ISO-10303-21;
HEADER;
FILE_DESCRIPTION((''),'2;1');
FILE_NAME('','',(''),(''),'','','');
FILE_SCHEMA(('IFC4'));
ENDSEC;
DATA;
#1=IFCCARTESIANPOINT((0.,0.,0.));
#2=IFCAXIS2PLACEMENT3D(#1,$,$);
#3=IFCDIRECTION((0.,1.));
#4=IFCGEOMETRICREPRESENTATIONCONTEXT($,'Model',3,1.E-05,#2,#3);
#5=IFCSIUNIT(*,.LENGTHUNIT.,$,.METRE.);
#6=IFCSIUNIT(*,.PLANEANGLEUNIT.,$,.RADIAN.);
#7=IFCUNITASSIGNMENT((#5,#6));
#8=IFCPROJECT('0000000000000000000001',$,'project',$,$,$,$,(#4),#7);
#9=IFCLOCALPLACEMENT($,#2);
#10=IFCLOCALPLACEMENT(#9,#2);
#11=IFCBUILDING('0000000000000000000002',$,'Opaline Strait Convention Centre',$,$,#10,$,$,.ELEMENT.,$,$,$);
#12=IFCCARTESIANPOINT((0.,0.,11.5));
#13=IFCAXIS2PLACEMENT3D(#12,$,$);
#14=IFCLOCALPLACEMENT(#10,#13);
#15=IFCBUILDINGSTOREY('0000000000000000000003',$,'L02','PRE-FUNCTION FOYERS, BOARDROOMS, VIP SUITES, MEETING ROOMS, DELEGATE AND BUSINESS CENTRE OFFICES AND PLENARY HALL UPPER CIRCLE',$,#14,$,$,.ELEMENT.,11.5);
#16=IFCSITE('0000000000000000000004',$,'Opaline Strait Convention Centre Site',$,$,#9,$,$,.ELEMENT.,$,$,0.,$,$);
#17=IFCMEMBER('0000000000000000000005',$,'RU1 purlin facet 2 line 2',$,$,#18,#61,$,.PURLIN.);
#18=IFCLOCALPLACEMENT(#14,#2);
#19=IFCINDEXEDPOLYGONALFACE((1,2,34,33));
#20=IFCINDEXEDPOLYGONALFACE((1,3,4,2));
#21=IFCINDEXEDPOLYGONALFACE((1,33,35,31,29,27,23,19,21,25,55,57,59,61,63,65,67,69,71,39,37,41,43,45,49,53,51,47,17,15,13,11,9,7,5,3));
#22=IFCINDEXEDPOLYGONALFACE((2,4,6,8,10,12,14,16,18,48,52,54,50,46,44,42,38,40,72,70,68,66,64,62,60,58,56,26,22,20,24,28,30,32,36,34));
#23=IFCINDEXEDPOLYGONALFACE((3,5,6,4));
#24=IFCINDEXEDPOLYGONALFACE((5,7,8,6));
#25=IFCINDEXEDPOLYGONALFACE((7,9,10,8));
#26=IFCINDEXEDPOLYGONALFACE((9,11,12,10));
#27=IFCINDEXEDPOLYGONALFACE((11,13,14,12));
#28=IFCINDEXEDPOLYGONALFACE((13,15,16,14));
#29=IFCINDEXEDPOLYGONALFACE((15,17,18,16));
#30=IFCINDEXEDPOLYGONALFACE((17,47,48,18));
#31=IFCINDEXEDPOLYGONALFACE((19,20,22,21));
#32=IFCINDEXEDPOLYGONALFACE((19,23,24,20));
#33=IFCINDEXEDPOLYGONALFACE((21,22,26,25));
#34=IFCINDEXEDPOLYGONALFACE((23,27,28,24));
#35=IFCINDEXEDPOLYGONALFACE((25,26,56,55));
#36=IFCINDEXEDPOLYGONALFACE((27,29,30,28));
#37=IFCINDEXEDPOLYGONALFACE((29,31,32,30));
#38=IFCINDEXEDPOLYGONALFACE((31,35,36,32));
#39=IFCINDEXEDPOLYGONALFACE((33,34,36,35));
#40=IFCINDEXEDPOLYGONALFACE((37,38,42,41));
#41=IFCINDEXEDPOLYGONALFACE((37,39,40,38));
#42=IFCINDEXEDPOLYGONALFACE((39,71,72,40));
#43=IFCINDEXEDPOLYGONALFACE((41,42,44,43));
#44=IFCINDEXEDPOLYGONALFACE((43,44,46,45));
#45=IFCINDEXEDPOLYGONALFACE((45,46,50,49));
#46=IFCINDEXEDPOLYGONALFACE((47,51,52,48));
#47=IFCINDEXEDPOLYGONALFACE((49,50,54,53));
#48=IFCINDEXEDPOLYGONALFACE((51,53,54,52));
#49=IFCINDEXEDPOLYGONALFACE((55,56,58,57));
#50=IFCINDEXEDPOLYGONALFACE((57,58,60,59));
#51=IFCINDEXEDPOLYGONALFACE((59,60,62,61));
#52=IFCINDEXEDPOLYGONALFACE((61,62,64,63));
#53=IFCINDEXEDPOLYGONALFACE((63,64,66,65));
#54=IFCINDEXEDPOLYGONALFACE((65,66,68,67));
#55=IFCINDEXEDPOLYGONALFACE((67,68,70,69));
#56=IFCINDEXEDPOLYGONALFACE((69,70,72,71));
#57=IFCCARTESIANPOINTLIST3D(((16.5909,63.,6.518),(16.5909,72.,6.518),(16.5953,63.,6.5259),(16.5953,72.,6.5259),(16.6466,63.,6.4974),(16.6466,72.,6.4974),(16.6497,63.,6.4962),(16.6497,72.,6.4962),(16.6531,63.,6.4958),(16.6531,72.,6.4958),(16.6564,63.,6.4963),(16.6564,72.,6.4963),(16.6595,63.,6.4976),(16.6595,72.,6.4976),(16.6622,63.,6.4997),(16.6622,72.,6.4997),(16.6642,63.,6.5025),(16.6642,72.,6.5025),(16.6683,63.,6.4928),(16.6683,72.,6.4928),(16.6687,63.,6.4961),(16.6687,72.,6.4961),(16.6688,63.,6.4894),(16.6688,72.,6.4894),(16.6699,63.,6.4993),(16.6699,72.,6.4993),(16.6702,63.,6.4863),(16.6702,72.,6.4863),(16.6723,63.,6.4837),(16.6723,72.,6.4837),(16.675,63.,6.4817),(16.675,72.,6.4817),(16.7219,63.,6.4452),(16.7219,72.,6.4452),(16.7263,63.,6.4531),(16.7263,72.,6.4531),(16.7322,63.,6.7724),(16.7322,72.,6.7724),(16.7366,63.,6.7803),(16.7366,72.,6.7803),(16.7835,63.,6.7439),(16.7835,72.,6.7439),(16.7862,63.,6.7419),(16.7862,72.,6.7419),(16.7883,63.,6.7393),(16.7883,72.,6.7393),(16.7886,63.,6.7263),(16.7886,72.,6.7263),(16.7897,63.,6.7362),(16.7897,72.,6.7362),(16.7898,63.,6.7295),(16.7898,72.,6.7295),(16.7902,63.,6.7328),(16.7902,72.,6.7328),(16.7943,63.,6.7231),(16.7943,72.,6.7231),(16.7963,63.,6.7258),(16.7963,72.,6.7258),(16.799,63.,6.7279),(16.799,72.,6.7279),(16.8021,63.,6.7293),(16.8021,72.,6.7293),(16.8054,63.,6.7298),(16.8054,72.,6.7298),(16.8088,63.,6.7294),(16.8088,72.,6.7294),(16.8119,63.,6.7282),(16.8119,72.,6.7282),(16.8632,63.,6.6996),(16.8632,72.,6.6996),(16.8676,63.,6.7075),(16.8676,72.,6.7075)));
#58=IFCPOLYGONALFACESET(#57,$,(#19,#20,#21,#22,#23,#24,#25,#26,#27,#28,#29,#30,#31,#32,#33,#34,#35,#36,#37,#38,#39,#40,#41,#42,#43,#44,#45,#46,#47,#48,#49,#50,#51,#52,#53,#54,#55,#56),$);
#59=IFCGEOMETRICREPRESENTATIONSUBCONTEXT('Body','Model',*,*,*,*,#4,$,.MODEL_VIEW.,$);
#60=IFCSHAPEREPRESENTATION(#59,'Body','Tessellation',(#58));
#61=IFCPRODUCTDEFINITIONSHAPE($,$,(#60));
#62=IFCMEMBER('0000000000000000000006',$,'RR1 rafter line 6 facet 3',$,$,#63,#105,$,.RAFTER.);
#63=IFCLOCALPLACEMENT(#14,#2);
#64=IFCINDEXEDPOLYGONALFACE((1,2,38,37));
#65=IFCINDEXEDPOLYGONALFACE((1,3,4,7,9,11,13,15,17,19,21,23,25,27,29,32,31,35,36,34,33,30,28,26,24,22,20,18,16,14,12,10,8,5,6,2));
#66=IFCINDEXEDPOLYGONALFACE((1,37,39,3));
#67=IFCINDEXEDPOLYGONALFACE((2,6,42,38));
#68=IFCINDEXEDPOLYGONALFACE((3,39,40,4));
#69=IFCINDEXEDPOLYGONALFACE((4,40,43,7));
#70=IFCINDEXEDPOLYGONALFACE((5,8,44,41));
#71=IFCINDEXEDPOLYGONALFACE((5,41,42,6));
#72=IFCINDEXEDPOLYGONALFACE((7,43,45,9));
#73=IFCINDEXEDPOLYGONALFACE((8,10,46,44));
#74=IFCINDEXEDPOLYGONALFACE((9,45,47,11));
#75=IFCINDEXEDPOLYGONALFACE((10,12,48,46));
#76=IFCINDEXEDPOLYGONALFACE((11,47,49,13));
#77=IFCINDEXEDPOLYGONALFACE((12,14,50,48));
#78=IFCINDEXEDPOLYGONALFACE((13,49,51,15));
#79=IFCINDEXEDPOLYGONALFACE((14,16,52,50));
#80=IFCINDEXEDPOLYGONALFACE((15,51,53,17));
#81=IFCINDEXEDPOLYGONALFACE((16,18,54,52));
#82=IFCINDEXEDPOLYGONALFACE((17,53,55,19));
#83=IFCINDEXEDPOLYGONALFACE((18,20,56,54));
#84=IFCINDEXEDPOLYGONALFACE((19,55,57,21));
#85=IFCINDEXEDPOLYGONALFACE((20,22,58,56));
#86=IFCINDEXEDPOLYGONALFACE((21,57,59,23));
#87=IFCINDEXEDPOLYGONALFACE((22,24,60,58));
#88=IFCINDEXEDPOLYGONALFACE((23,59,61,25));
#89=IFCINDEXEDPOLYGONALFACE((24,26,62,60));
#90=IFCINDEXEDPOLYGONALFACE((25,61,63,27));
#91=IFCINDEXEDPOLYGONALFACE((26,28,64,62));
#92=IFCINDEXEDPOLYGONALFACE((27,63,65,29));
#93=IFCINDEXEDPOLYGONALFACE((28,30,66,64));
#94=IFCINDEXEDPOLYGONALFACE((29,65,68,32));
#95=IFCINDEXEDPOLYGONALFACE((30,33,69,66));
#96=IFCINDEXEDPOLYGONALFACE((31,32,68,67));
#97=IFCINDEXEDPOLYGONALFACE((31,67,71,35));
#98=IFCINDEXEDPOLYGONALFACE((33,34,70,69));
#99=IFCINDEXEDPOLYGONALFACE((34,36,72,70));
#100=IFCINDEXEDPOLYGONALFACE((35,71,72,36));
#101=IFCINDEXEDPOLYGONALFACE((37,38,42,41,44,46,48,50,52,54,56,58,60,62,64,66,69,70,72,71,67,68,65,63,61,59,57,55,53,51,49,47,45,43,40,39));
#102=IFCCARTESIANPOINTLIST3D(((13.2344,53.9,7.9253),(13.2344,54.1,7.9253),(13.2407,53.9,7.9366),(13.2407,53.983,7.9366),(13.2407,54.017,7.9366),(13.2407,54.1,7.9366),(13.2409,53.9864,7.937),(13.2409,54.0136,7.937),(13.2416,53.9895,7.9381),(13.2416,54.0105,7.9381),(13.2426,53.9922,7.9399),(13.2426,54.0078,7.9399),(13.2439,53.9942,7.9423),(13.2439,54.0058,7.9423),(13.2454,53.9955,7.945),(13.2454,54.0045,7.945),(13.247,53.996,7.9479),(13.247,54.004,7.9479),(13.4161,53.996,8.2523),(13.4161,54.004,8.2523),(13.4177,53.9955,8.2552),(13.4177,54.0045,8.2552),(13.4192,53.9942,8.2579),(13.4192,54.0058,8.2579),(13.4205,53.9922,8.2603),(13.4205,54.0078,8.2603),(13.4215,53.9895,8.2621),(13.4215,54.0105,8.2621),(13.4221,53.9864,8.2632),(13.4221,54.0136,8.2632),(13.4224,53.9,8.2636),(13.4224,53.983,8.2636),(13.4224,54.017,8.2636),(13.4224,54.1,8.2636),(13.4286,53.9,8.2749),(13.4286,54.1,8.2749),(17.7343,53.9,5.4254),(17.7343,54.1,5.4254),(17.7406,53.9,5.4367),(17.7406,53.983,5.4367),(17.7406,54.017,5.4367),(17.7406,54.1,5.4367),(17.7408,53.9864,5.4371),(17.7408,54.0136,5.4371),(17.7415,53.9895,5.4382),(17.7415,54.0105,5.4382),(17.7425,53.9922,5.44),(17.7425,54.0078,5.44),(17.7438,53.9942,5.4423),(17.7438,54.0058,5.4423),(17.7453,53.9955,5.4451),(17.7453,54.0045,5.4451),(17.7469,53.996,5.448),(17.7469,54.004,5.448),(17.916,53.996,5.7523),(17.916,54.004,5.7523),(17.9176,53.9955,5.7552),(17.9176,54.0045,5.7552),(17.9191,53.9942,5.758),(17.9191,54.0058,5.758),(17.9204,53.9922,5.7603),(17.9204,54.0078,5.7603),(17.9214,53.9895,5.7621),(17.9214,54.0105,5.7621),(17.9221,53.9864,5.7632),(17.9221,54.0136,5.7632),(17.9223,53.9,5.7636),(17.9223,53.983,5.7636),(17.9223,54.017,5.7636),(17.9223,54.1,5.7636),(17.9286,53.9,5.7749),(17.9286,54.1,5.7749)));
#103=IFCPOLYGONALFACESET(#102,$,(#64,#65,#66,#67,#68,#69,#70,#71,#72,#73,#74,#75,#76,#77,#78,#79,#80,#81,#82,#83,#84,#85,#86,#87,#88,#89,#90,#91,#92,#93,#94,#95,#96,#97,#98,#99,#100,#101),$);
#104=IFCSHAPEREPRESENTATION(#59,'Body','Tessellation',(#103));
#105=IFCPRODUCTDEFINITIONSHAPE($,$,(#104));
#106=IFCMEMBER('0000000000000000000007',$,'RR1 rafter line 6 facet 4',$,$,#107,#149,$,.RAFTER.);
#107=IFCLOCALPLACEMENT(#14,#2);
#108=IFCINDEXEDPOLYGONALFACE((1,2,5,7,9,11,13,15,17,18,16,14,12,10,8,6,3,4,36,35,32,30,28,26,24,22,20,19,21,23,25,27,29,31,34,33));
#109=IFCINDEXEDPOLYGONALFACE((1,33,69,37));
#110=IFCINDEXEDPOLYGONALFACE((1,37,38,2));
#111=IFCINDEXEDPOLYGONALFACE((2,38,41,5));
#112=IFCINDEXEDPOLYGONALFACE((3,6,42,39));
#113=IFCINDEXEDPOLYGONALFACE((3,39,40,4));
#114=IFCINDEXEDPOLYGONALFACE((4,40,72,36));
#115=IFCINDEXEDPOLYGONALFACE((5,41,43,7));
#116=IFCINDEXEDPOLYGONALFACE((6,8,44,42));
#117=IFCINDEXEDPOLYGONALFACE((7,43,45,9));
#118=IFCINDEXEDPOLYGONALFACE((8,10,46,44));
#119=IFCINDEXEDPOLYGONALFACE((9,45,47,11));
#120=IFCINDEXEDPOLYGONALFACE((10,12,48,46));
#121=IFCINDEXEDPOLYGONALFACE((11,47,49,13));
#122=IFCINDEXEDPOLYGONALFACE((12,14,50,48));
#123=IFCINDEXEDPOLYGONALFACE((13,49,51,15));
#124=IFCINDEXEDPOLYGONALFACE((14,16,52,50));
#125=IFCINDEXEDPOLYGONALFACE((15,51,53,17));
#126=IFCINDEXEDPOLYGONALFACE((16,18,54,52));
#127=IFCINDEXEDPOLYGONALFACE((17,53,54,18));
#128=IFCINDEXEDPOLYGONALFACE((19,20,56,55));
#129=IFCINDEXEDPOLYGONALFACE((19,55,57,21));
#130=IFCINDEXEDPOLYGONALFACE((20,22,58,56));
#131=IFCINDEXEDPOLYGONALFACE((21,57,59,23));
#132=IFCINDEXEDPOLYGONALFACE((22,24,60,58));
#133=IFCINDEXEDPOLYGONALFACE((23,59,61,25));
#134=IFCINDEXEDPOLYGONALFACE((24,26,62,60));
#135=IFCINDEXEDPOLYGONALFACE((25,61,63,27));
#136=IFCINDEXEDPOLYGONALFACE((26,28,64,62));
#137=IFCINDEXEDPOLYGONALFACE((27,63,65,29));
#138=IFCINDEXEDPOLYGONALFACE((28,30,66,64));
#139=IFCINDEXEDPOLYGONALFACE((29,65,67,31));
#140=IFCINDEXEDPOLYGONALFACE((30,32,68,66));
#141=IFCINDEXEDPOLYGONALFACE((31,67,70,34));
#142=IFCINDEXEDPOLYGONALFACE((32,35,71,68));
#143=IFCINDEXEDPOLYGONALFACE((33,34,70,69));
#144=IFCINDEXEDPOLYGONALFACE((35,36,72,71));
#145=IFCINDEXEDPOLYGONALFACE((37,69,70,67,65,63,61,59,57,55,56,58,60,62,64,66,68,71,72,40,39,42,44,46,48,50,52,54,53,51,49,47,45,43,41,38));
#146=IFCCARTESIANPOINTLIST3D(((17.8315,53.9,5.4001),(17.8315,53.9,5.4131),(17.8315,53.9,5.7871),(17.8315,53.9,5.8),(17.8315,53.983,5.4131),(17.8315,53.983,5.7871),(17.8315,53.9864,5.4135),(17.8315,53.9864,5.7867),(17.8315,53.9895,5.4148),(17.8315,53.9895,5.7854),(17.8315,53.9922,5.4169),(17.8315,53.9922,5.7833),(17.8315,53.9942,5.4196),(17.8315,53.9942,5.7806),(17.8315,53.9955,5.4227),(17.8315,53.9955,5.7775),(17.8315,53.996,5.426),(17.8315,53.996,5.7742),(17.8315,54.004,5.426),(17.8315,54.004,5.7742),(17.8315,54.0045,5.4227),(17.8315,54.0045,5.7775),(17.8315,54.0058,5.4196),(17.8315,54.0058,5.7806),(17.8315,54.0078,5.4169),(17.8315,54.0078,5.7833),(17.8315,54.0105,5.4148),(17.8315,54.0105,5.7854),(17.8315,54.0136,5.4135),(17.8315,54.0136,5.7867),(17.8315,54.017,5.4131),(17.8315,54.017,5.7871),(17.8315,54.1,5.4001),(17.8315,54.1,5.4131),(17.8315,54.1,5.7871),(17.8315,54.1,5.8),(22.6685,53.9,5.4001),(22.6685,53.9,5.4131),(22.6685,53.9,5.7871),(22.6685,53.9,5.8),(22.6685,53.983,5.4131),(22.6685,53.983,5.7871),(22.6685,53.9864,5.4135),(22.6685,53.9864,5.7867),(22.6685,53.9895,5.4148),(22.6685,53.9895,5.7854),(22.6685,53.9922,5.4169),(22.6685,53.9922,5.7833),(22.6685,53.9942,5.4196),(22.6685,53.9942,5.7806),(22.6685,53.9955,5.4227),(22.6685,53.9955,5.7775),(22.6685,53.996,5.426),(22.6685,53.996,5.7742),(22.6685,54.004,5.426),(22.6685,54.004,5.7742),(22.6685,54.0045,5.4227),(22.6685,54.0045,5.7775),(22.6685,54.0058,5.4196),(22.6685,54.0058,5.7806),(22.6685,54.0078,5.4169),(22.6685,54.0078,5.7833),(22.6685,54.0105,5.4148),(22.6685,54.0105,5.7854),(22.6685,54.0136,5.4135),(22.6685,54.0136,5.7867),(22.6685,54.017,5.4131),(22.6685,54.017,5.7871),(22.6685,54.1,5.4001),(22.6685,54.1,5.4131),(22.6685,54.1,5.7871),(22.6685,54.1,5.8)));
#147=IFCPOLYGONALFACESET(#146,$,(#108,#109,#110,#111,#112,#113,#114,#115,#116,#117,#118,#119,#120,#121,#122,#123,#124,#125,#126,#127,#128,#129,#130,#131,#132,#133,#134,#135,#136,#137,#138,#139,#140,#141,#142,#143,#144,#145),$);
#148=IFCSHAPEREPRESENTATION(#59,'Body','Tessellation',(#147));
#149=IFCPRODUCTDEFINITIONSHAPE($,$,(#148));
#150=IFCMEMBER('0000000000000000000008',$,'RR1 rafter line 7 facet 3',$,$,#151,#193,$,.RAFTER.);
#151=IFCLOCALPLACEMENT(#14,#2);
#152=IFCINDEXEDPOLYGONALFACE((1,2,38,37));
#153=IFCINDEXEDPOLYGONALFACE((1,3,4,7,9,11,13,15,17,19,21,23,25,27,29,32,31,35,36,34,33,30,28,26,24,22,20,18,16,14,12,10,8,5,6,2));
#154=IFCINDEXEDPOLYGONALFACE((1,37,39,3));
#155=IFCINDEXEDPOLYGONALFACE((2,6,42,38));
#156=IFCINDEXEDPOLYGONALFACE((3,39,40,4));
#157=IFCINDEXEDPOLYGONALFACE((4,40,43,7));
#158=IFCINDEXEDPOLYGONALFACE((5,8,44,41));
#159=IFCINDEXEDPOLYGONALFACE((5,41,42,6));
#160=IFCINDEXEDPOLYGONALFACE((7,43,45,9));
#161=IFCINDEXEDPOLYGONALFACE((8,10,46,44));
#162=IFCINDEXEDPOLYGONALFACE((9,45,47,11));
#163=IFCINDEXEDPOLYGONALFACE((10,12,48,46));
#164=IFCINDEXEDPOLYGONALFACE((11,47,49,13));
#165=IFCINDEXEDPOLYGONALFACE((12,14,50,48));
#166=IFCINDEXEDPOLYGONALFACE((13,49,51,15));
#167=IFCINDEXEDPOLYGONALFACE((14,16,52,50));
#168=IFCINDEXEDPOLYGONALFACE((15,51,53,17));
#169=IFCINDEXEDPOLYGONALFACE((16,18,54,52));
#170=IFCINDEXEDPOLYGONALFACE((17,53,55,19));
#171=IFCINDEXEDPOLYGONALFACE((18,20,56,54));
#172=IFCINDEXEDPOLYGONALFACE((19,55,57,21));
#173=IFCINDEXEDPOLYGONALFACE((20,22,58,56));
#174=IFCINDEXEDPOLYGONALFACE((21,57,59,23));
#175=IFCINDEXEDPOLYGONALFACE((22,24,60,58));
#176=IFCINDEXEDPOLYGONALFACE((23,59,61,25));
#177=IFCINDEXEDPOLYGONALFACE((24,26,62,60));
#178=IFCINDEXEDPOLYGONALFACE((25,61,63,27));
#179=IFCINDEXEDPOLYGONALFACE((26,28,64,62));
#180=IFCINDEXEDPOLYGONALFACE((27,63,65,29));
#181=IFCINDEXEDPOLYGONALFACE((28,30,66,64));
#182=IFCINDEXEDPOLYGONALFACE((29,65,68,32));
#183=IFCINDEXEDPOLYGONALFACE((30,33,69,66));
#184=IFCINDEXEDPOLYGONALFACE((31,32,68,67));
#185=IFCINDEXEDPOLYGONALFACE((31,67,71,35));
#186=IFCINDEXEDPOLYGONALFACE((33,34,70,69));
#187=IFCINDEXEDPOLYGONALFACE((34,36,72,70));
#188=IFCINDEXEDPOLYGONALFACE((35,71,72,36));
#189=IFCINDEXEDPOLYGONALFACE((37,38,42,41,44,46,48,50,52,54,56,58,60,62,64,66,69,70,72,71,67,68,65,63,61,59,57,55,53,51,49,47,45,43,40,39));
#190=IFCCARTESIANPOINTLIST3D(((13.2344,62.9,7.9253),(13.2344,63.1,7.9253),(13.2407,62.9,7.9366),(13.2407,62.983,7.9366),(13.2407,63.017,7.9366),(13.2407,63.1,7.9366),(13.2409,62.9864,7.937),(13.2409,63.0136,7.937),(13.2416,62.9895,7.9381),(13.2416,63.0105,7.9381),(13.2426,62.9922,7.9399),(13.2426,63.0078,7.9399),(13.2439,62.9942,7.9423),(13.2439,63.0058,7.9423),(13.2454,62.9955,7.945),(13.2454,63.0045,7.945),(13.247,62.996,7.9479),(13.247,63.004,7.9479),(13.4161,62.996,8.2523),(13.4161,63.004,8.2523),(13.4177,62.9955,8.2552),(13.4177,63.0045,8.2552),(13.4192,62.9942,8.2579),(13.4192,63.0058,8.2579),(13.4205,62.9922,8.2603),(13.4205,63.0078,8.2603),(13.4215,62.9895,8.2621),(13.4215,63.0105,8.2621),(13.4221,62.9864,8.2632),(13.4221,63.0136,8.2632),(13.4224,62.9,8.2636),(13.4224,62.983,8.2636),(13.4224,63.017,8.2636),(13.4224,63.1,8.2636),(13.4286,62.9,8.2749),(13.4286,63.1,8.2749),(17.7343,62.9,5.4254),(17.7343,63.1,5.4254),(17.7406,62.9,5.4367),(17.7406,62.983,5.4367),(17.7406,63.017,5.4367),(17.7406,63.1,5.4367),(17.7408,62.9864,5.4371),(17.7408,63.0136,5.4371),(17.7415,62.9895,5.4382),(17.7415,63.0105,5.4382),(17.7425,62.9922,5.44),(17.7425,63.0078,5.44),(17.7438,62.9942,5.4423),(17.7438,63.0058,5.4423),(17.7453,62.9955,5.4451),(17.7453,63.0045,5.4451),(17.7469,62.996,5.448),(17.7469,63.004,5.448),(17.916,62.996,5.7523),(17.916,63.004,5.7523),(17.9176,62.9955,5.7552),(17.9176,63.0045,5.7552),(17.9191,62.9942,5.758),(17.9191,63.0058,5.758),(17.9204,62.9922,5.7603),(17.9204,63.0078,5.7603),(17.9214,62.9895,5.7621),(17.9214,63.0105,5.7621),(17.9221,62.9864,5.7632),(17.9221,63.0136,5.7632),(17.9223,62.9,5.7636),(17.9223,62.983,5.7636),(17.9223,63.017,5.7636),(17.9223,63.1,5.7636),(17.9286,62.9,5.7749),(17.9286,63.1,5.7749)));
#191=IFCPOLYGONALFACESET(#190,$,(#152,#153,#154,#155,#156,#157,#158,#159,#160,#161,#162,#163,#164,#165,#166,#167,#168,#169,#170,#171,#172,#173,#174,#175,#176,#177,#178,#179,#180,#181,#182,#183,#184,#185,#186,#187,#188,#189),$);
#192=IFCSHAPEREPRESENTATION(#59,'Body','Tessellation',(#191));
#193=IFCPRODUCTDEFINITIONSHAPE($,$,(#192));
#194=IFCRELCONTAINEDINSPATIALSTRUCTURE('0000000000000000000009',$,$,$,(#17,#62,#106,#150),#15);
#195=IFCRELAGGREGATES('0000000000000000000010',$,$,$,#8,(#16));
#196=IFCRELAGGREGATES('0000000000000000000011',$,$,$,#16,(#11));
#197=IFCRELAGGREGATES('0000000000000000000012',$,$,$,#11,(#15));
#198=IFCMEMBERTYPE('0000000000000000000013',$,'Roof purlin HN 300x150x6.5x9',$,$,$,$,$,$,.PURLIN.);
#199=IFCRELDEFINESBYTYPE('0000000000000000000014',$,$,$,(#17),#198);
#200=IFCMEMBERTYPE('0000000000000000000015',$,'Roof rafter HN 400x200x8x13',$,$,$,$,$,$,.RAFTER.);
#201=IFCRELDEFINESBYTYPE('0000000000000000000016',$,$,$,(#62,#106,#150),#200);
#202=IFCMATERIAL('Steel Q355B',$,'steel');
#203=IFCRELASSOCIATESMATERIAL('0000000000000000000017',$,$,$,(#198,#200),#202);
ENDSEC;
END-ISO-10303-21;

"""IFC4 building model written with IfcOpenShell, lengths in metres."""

from ifc_helpers import new_model, si_unit, direction, frame, origin, origin_2d, place, context, subcontext, project, spatial, i_section, extrude, material, material_profile, profile_set, type_object, element, save


model = new_model("IFC4")

# Units and contexts
model_context = context("Model", 3, precision=1e-05, world=origin(), true_north=direction((0.0, 1.0)))
body_context = subcontext(model_context, "Body", "Model", "MODEL_VIEW")
ifc_project = project(units=[si_unit("LENGTHUNIT", "METRE"), si_unit("PLANEANGLEUNIT", "RADIAN")], contexts=[model_context])

# Site, building, storey
site_placement = place(None, origin())
site = spatial("IfcSite", under=ifc_project, at=site_placement, Name="Opaline Strait Convention Centre Site", CompositionType="ELEMENT", RefElevation=0.0)
building_placement = place(site_placement, origin())
building = spatial("IfcBuilding", under=site, at=building_placement, Name="Opaline Strait Convention Centre", CompositionType="ELEMENT")
storey_placement = place(building_placement, frame((0.0, 0.0, 11.5)))
storey = spatial("IfcBuildingStorey", under=building, at=storey_placement, Name="L02", Description="PRE-FUNCTION FOYERS, BOARDROOMS, VIP SUITES, MEETING ROOMS, DELEGATE AND BUSINESS CENTRE OFFICES AND PLENARY HALL UPPER CIRCLE", CompositionType="ELEMENT", Elevation=11.5)

# Members
ifc_material_1 = material(Name="Steel Q355B", Category="steel")
ifc_material_profile_1 = material_profile(ifc_material_1, i_section(OverallWidth=0.1499, OverallDepth=0.3, WebThickness=0.0066, FlangeThickness=0.009, FilletRadius=0.0129, at=origin_2d()), Name="HN 300x150x6.5x9")
ifc_profile_set_1 = profile_set([ifc_material_profile_1], Name="Steel Q355B")
member_type_1 = type_object("IfcMemberType", Name="Roof purlin HN 300x150x6.5x9", PredefinedType="PURLIN", material=ifc_profile_set_1)
for number, where, z_axis, x_axis, name in (
    (1, (16.7292, 63.0, 6.6128), (0.0, 1.0, 0.0), (-0.874157, 0.0, 0.485643), "RU1 purlin facet 2 line 2"),
):
    element("IfcMember", number, at=place(storey_placement, frame(where, z_axis=z_axis, x_axis=x_axis)), inside=storey, type_object=member_type_1, Name=name, PredefinedType="PURLIN", context=body_context, shape_type="SweptSolid", body=[
        extrude(i_section(OverallWidth=0.1499, OverallDepth=0.3, WebThickness=0.0066, FlangeThickness=0.009, FilletRadius=0.0129, at=origin_2d()), origin(), (0.0, 0.0, 1.0), 9.0),
    ])
ifc_material_profile_2 = material_profile(ifc_material_1, i_section(OverallWidth=0.2, OverallDepth=0.3999, WebThickness=0.0081, FlangeThickness=0.0129, FilletRadius=0.0129, at=origin_2d()), Name="HN 400x200x8x13")
ifc_profile_set_2 = profile_set([ifc_material_profile_2], Name="Steel Q355B")
member_type_2 = type_object("IfcMemberType", Name="Roof rafter HN 400x200x8x13", PredefinedType="RAFTER", material=ifc_profile_set_2)
member_1_placement = place(storey_placement, frame((13.3315, 54.0, 8.1001), z_axis=(0.874157, 0.0, -0.485643), x_axis=(0.0, 1.0, 0.0)))
element("IfcMember", 2, at=member_1_placement, inside=storey, type_object=member_type_2, Name="RR1 rafter line 6 facet 3", PredefinedType="RAFTER", context=body_context, shape_type="SweptSolid", body=[
    extrude(i_section(OverallWidth=0.2, OverallDepth=0.3999, WebThickness=0.0081, FlangeThickness=0.0129, FilletRadius=0.0129, at=origin_2d()), origin(), (0.0, 0.0, 1.0), 5.1477),
])
member_2_placement = place(storey_placement, frame((17.8315, 54.0, 5.6001), z_axis=(1.0, 0.0, 0.0), x_axis=(0.0, 1.0, 0.0)))
element("IfcMember", 3, at=member_2_placement, inside=storey, type_object=member_type_2, Name="RR1 rafter line 6 facet 4", PredefinedType="RAFTER", context=body_context, shape_type="SweptSolid", body=[
    extrude(i_section(OverallWidth=0.2, OverallDepth=0.3999, WebThickness=0.0081, FlangeThickness=0.0129, FilletRadius=0.0129, at=origin_2d()), origin(), (0.0, 0.0, 1.0), 4.8369),
])
member_3_placement = place(storey_placement, frame((13.3315, 63.0, 8.1001), z_axis=(0.874157, 0.0, -0.485643), x_axis=(0.0, 1.0, 0.0)))
element("IfcMember", 4, at=member_3_placement, inside=storey, type_object=member_type_2, Name="RR1 rafter line 7 facet 3", PredefinedType="RAFTER", context=body_context, shape_type="SweptSolid", body=[
    extrude(i_section(OverallWidth=0.2, OverallDepth=0.3999, WebThickness=0.0081, FlangeThickness=0.0129, FilletRadius=0.0129, at=origin_2d()), origin(), (0.0, 0.0, 1.0), 5.1477),
])

save(model, "model.ifc")
